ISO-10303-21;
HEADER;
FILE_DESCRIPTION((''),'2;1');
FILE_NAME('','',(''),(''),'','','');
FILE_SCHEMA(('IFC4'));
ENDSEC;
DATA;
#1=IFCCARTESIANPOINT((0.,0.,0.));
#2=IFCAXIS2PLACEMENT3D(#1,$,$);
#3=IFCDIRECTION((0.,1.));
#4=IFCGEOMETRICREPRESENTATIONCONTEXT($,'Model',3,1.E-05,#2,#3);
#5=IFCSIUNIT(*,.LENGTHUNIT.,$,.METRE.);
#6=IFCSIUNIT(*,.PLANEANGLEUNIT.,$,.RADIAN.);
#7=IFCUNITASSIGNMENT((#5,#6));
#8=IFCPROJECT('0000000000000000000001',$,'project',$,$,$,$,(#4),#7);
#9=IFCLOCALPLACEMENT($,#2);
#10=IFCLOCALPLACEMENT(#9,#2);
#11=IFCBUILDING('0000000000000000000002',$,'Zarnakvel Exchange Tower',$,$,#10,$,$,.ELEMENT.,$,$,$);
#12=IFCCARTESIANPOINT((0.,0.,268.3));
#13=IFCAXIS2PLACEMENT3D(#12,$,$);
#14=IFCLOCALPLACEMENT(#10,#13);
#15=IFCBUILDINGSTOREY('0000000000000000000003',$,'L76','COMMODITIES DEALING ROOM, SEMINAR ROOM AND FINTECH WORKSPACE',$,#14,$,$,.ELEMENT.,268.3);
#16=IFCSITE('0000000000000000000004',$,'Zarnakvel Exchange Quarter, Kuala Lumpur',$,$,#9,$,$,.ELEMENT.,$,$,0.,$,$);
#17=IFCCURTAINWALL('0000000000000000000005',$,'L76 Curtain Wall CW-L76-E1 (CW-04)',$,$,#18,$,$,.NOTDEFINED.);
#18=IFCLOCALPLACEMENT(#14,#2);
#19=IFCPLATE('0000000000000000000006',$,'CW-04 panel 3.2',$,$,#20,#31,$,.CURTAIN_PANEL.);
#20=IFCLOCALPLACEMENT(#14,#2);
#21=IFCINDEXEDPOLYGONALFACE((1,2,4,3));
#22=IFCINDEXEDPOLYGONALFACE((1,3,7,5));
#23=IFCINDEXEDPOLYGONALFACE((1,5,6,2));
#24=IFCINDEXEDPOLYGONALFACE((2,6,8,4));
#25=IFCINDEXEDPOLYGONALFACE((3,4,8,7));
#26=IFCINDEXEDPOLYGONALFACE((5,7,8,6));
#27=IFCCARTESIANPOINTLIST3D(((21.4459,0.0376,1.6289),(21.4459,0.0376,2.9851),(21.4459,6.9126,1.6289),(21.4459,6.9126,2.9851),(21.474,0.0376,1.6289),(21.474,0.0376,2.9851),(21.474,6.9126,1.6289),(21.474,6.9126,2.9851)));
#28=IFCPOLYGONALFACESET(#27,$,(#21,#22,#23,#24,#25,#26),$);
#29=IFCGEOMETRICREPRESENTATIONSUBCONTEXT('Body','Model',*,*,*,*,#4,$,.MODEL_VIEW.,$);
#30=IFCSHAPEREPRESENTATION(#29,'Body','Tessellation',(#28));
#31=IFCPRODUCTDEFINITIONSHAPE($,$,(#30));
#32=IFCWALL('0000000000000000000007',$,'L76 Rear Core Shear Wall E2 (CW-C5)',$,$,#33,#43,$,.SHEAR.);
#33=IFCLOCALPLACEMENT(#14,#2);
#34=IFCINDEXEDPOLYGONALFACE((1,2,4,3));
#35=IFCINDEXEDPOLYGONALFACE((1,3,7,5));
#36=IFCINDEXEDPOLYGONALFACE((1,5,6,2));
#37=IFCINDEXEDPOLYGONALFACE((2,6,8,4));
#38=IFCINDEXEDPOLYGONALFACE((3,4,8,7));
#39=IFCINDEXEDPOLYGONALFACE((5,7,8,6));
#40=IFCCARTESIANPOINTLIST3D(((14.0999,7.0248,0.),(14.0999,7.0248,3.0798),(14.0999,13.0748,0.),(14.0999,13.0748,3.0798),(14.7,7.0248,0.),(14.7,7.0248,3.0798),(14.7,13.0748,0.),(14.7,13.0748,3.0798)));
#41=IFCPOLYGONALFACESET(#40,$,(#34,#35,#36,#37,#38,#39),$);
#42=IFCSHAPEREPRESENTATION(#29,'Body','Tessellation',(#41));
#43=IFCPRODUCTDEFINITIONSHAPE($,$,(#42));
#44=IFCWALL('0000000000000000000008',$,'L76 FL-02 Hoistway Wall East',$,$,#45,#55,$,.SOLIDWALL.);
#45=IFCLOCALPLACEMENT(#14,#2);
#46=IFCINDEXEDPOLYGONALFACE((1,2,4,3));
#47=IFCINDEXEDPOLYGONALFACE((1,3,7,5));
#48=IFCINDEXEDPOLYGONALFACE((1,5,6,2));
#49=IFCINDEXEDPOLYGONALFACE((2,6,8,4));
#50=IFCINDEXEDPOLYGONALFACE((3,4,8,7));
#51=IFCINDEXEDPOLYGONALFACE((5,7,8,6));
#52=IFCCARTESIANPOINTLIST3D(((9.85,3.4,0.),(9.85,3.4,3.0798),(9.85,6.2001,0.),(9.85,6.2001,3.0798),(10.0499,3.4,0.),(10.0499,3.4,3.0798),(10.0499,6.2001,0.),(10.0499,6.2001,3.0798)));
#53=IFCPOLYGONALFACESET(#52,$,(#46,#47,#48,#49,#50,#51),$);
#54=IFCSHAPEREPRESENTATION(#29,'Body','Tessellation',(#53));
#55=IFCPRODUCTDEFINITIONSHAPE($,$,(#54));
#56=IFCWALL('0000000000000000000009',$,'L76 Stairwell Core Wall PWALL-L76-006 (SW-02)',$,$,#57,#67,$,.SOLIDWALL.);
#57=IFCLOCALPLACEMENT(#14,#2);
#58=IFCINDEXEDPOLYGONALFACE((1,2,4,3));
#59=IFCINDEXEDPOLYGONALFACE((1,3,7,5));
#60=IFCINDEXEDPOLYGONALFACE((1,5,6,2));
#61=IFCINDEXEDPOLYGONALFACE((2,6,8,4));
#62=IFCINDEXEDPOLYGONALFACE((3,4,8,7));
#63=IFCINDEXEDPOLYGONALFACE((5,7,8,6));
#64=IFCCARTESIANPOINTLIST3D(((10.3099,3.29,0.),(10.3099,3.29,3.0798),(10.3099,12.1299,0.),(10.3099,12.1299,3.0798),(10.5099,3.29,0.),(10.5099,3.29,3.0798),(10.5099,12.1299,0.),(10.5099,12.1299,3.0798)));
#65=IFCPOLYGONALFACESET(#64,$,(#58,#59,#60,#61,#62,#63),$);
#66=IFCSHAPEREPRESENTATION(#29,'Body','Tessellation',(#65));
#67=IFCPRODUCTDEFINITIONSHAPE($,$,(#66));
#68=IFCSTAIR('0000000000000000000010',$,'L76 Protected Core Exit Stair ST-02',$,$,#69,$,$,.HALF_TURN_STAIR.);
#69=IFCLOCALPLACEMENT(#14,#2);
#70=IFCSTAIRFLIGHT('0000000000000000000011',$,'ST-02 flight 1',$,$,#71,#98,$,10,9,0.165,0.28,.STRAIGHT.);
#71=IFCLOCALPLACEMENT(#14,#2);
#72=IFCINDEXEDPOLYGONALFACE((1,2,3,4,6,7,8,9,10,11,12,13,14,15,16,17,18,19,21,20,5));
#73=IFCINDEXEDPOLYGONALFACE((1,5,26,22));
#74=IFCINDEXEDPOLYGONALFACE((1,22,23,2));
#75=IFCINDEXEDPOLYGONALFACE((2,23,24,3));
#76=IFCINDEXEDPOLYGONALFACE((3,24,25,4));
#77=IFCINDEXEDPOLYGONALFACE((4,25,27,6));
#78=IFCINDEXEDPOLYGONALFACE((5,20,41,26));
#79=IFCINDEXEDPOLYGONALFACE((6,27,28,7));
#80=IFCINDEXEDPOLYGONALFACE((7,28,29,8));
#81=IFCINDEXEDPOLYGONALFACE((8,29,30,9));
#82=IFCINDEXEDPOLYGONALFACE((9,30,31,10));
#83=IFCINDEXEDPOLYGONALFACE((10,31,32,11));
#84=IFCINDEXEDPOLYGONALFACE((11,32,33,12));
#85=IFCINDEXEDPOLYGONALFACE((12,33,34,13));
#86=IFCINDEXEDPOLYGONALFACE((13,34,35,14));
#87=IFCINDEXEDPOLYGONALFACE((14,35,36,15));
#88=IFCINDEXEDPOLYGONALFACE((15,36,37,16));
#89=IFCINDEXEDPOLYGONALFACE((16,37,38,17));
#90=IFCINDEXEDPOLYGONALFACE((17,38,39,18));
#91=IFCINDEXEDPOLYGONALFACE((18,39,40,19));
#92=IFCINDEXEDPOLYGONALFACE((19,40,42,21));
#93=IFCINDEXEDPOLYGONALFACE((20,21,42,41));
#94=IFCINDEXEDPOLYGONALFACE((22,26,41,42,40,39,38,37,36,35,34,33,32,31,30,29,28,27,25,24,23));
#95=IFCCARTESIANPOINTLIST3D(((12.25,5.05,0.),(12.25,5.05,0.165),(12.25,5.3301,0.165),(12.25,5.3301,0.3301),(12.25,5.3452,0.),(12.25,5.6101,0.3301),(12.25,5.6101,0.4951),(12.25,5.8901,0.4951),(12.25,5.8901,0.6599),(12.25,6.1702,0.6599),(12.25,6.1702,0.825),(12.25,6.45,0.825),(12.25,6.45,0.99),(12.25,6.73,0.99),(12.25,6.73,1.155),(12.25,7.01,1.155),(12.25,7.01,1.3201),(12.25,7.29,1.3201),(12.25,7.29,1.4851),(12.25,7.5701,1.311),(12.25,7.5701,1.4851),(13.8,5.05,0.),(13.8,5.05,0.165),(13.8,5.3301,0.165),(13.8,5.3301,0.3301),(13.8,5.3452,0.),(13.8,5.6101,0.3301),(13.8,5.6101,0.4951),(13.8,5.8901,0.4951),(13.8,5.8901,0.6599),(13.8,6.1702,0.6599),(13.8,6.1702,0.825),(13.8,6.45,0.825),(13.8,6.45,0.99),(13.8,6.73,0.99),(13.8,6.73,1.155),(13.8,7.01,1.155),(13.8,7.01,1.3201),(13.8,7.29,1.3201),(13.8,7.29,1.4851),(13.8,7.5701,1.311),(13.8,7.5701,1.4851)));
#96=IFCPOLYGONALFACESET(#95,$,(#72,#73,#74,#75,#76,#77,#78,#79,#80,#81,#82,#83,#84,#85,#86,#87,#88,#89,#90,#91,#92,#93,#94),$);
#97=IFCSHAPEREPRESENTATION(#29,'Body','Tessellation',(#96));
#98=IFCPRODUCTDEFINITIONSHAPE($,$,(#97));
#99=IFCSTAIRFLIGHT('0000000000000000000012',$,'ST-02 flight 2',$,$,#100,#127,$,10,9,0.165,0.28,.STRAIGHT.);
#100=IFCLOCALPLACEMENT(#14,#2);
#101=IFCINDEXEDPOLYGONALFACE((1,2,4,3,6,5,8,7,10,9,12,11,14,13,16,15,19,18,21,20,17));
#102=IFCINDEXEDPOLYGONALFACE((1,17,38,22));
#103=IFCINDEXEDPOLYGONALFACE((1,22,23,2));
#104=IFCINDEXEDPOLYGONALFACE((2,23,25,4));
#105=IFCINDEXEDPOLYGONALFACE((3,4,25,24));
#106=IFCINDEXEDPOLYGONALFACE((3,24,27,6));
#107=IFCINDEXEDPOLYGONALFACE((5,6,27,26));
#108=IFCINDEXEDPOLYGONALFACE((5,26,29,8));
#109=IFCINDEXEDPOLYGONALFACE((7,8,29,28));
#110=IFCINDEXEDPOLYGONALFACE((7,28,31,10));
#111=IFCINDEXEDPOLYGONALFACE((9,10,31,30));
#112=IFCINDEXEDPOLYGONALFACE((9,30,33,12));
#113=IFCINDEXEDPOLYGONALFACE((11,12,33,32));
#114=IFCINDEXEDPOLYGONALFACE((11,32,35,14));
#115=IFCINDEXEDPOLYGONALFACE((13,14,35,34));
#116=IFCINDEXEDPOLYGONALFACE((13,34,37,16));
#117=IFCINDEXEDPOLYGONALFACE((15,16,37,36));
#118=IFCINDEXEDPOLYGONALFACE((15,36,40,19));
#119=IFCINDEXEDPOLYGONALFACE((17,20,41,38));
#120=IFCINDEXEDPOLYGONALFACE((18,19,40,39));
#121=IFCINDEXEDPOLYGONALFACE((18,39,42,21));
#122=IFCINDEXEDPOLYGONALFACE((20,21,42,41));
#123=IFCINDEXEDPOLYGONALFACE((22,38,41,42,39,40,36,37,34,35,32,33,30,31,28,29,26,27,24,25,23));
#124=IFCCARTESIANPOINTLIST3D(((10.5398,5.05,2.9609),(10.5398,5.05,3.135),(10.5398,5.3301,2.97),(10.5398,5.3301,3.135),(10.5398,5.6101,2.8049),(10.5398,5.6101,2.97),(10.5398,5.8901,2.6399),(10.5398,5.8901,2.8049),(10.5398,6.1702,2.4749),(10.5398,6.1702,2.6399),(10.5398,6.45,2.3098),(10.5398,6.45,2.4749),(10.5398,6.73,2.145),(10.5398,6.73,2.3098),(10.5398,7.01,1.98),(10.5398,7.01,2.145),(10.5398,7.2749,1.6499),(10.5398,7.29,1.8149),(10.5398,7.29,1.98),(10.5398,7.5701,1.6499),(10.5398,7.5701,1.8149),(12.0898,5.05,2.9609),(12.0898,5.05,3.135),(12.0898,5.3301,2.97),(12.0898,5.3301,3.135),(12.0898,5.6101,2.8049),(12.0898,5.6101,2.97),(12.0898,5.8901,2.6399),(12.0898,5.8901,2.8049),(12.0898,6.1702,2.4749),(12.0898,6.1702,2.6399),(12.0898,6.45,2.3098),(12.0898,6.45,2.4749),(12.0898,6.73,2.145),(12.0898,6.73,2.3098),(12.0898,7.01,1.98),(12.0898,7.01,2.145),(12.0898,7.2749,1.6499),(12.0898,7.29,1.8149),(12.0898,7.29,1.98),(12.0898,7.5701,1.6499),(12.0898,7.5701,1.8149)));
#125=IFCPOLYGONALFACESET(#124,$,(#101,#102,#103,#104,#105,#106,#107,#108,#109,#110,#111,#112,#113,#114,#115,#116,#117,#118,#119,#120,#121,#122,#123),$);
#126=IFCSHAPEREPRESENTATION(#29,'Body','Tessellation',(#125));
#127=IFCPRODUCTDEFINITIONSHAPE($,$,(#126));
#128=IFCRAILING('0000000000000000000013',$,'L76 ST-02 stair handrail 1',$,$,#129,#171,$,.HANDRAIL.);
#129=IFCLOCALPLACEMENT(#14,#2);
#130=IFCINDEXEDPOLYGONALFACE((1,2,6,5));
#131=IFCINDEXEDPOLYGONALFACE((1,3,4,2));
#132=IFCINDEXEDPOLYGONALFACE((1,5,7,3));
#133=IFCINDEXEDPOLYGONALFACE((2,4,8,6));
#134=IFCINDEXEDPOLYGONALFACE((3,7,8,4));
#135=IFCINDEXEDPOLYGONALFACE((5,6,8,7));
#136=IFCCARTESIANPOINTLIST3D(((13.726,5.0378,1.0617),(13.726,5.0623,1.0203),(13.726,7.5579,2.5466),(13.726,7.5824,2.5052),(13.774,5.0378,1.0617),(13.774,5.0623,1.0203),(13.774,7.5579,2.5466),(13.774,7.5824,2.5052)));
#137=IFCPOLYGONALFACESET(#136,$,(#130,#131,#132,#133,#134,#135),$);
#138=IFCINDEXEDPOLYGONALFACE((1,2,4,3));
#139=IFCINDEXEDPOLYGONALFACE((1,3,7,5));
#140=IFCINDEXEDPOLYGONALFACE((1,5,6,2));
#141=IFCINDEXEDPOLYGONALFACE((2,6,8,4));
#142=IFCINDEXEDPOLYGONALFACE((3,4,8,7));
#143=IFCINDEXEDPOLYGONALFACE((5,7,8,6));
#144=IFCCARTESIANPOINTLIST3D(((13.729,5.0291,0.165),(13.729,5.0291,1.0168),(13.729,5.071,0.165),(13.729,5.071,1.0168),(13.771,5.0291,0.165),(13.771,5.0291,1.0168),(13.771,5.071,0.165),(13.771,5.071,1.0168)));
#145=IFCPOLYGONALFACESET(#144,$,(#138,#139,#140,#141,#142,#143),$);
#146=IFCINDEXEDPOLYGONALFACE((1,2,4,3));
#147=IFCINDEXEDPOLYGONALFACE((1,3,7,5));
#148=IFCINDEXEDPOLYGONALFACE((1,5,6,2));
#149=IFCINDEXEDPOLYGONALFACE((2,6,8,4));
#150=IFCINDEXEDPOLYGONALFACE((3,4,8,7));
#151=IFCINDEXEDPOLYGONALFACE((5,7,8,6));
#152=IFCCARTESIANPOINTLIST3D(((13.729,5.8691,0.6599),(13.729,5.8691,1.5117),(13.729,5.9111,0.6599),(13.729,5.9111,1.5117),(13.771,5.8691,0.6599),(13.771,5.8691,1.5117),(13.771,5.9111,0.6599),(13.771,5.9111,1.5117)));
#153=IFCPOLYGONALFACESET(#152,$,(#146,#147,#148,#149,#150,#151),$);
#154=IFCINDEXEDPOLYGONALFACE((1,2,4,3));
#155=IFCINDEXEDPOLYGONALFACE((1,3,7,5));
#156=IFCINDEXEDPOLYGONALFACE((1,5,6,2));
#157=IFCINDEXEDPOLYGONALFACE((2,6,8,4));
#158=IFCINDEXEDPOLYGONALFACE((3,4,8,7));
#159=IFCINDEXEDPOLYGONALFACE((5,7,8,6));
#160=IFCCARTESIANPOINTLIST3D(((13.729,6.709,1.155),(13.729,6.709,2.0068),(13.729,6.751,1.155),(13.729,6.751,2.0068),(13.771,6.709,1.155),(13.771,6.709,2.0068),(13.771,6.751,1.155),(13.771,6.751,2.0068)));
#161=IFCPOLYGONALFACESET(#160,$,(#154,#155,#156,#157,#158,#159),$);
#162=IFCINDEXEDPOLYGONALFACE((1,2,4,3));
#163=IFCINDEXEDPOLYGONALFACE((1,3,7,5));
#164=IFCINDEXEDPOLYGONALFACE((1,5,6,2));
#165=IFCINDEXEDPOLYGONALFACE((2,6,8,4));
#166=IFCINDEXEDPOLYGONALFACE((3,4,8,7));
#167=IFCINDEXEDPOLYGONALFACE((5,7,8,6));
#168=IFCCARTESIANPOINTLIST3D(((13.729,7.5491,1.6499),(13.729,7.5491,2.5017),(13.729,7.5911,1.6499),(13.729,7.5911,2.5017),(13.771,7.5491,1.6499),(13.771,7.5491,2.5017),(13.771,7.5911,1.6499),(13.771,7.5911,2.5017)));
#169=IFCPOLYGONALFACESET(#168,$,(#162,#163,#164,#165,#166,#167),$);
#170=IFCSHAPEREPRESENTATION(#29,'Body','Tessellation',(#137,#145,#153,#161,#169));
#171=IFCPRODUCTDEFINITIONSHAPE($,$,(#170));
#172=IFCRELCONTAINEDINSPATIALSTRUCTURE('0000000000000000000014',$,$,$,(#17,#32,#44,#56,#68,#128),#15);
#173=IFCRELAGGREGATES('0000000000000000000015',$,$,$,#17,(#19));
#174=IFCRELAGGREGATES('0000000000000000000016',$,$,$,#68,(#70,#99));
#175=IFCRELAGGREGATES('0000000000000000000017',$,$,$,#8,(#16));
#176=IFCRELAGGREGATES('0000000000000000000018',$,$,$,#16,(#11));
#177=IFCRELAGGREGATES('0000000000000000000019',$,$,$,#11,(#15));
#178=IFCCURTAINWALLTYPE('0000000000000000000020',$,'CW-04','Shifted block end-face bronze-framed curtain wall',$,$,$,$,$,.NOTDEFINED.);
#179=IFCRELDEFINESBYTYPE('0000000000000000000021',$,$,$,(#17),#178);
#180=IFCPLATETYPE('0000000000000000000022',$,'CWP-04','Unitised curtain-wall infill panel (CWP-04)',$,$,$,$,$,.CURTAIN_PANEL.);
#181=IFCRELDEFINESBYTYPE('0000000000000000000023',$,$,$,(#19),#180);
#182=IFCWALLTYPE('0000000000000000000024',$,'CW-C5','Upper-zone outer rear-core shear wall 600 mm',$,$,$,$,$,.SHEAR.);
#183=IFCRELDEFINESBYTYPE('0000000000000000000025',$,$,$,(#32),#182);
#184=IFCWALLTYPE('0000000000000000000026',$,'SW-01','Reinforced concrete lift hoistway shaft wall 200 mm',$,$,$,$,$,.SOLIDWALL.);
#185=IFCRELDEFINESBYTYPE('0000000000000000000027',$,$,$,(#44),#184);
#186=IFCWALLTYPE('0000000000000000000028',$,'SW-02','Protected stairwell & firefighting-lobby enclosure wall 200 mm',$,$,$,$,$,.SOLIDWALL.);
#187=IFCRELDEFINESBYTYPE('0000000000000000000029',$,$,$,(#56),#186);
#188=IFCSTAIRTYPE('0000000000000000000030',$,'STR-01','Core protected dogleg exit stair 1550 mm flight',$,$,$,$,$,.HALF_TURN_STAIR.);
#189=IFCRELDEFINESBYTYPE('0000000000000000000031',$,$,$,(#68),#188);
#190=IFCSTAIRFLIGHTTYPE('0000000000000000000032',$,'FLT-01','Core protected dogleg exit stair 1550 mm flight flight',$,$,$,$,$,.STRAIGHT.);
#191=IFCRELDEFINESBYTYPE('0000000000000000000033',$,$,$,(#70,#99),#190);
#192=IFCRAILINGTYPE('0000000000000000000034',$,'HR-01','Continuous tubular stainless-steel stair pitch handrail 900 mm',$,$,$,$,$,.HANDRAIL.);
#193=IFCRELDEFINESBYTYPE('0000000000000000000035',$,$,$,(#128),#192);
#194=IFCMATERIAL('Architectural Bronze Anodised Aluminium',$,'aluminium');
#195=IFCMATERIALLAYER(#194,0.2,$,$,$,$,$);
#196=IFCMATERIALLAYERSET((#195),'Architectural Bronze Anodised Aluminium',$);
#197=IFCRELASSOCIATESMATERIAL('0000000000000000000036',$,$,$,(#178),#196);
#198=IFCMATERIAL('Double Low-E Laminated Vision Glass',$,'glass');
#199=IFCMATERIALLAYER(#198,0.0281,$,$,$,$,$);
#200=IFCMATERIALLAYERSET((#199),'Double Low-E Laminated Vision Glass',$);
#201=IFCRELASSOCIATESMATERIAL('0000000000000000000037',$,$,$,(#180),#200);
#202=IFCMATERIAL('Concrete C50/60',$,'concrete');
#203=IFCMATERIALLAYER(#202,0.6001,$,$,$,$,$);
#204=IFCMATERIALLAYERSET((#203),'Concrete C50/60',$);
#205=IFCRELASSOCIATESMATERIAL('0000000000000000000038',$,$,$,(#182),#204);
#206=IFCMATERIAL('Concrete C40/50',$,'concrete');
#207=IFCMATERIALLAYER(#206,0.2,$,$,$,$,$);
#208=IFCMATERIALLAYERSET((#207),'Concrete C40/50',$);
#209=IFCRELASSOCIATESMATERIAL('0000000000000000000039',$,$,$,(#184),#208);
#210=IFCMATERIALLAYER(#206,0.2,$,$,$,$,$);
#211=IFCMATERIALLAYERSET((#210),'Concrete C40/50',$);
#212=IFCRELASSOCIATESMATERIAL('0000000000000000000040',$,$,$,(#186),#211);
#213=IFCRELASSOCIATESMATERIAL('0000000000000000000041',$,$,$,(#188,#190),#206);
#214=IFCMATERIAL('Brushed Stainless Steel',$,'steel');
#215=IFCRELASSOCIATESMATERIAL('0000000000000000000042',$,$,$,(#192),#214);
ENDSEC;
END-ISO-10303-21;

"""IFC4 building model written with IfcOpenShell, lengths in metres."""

from ifc_helpers import new_model, si_unit, direction, frame, frame_2d, origin, origin_2d, place, context, subcontext, project, spatial, polyline, rectangle, outline, extrude, source, transform, mapped, material, layer, layer_set, type_object, element, aggregate, save


model = new_model("IFC4")

# Units and contexts
model_context = context("Model", 3, precision=1e-05, world=origin(), true_north=direction((0.0, 1.0)))
body_context = subcontext(model_context, "Body", "Model", "MODEL_VIEW")
ifc_project = project(units=[si_unit("LENGTHUNIT", "METRE"), si_unit("PLANEANGLEUNIT", "RADIAN")], contexts=[model_context])

# Site, building, storey
site_placement = place(None, origin())
site = spatial("IfcSite", under=ifc_project, at=site_placement, Name="Zarnakvel Exchange Quarter, Kuala Lumpur", CompositionType="ELEMENT", RefElevation=0.0)
building_placement = place(site_placement, origin())
building = spatial("IfcBuilding", under=site, at=building_placement, Name="Zarnakvel Exchange Tower", CompositionType="ELEMENT")
storey_placement = place(building_placement, frame((0.0, 0.0, 268.3)))
storey = spatial("IfcBuildingStorey", under=building, at=storey_placement, Name="L76", Description="COMMODITIES DEALING ROOM, SEMINAR ROOM AND FINTECH WORKSPACE", CompositionType="ELEMENT", Elevation=268.3)

# Shared definitions
ifc_material_1 = material(Name="Concrete C50/60", Category="concrete")

# Curtain wall, plate
ifc_material_2 = material(Name="Architectural Bronze Anodised Aluminium", Category="aluminium")
ifc_layer_1 = layer(ifc_material_2, 0.2)
ifc_layer_set_1 = layer_set([ifc_layer_1], Name="Architectural Bronze Anodised Aluminium")
curtain_wall_type = type_object("IfcCurtainWallType", Name="CW-04", Description="Shifted block end-face bronze-framed curtain wall", PredefinedType="NOTDEFINED", material=ifc_layer_set_1)
curtain_wall_placement = place(storey_placement, origin())
curtain_wall = element("IfcCurtainWall", 1, at=curtain_wall_placement, inside=storey, type_object=curtain_wall_type, Name="L76 Curtain Wall CW-L76-E1 (CW-04)", PredefinedType="NOTDEFINED")
ifc_material_3 = material(Name="Double Low-E Laminated Vision Glass", Category="glass")
ifc_layer_2 = layer(ifc_material_3, 0.0281)
ifc_layer_set_2 = layer_set([ifc_layer_2], Name="Double Low-E Laminated Vision Glass")
plate_type = type_object("IfcPlateType", Name="CWP-04", Description="Unitised curtain-wall infill panel (CWP-04)", PredefinedType="CURTAIN_PANEL", material=ifc_layer_set_2)
shared_shape_1 = source(origin(), body_context, "Body", "SweptSolid", [
    extrude(rectangle(XDim=6.875, YDim=0.0281, at=origin_2d()), origin(), (0.0, 0.0, 1.0), 1.3562),
])
plate_1_placement = place(storey_placement, frame((21.46, 3.4751, 1.6289), z_axis=(0.0, 0.0, 1.0), x_axis=(0.0, 1.0, 0.0)))
plate_1 = element("IfcPlate", 2, at=plate_1_placement, type_object=plate_type, Name="CW-04 panel 3.2", PredefinedType="CURTAIN_PANEL", context=body_context, shape_type="MappedRepresentation", body=[
    mapped(shared_shape_1, transform((0.0, 0.0, 0.0), x_axis=(1.0, 0.0, 0.0), y_axis=(0.0, 1.0, 0.0), z_axis=(0.0, 0.0, 1.0), scale=1.0)),
])
aggregate(curtain_wall, [plate_1])

# Walls
ifc_layer_3 = layer(ifc_material_1, 0.6001)
ifc_layer_set_3 = layer_set([ifc_layer_3], Name="Concrete C50/60")
wall_type_1 = type_object("IfcWallType", Name="CW-C5", Description="Upper-zone outer rear-core shear wall 600 mm", PredefinedType="SHEAR", material=ifc_layer_set_3)
wall_1_placement = place(storey_placement, frame((14.3999, 7.0249, 0.0), z_axis=(0.0, 0.0, 1.0), x_axis=(0.0, 1.0, 0.0)))
element("IfcWall", 3, at=wall_1_placement, inside=storey, type_object=wall_type_1, Name="L76 Rear Core Shear Wall E2 (CW-C5)", PredefinedType="SHEAR", context=body_context, shape_type="SweptSolid", body=[
    extrude(rectangle(XDim=6.05, YDim=0.6001, at=frame_2d((3.0249, 0.0))), origin(), (0.0, 0.0, 1.0), 3.0798),
])
ifc_material_4 = material(Name="Concrete C40/50", Category="concrete")
ifc_layer_4 = layer(ifc_material_4, 0.2)
ifc_layer_set_4 = layer_set([ifc_layer_4], Name="Concrete C40/50")
wall_type_2 = type_object("IfcWallType", Name="SW-01", Description="Reinforced concrete lift hoistway shaft wall 200 mm", PredefinedType="SOLIDWALL", material=ifc_layer_set_4)
wall_2_placement = place(storey_placement, frame((9.95, 6.2, 0.0), z_axis=(0.0, 0.0, 1.0), x_axis=(0.0, -1.0, 0.0)))
element("IfcWall", 4, at=wall_2_placement, inside=storey, type_object=wall_type_2, Name="L76 FL-02 Hoistway Wall East", PredefinedType="SOLIDWALL", context=body_context, shape_type="SweptSolid", body=[
    extrude(rectangle(XDim=2.8, YDim=0.2, at=frame_2d((1.3999, 0.0))), origin(), (0.0, 0.0, 1.0), 3.0798),
])

# Shared definitions
ifc_layer_5 = layer(ifc_material_4, 0.2)
ifc_layer_set_5 = layer_set([ifc_layer_5], Name="Concrete C40/50")
wall_type_3 = type_object("IfcWallType", Name="SW-02", Description="Protected stairwell & firefighting-lobby enclosure wall 200 mm", PredefinedType="SOLIDWALL", material=ifc_layer_set_5)

# Wall
wall_3_placement = place(storey_placement, frame((10.4099, 3.29, 0.0), z_axis=(0.0, 0.0, 1.0), x_axis=(0.0, 1.0, 0.0)))
element("IfcWall", 5, at=wall_3_placement, inside=storey, type_object=wall_type_3, Name="L76 Stairwell Core Wall PWALL-L76-006 (SW-02)", PredefinedType="SOLIDWALL", context=body_context, shape_type="SweptSolid", body=[
    extrude(rectangle(XDim=8.8398, YDim=0.2, at=frame_2d((4.4199, 0.0))), origin(), (0.0, 0.0, 1.0), 3.0798),
])

# Stair, stair flights
stair_type = type_object("IfcStairType", Name="STR-01", Description="Core protected dogleg exit stair 1550 mm flight", PredefinedType="HALF_TURN_STAIR", material=ifc_material_4)
stair_placement = place(storey_placement, origin())
stair = element("IfcStair", 6, at=stair_placement, inside=storey, type_object=stair_type, Name="L76 Protected Core Exit Stair ST-02", PredefinedType="HALF_TURN_STAIR")
stair_flight_type = type_object("IfcStairFlightType", Name="FLT-01", Description="Core protected dogleg exit stair 1550 mm flight flight", PredefinedType="STRAIGHT", material=ifc_material_4)
stair_flight_1_placement = place(storey_placement, frame((13.0249, 5.05, 0.0), z_axis=(0.0, 0.0, 1.0), x_axis=(0.0, 1.0, 0.0)))
stair_flight_1 = element("IfcStairFlight", 7, at=stair_flight_1_placement, type_object=stair_flight_type, Name="ST-02 flight 1", NumberOfRisers=10, NumberOfTreads=9, PredefinedType="STRAIGHT", RiserHeight=0.165, TreadLength=0.28, context=body_context, shape_type="SweptSolid", body=[
    extrude(outline(polyline([(0.0, 0.0), (0.0, 0.165), (0.28, 0.165), (0.28, 0.3301), (0.5601, 0.3301), (0.5601, 0.4951), (0.8401, 0.4951), (0.8401, 0.6599), (1.1201, 0.6599), (1.1201, 0.825), (1.3999, 0.825), (1.3999, 0.99), (1.6799, 0.99), (1.6799, 1.155), (1.96, 1.155), (1.96, 1.3201), (2.24, 1.3201), (2.24, 1.4851), (2.52, 1.4851), (2.52, 1.6499), (2.52, 1.311), (0.2952, 0.0), (0.0, 0.0)])), frame((0.0, 0.7749, 0.0), z_axis=(0.0, -1.0, 0.0), x_axis=(1.0, 0.0, 0.0)), (0.0, 0.0, 1.0), 1.55),
])
stair_flight_2_placement = place(storey_placement, frame((11.3149, 7.5701, 1.6499), z_axis=(0.0, 0.0, 1.0), x_axis=(0.0, -1.0, 0.0)))
stair_flight_2 = element("IfcStairFlight", 8, at=stair_flight_2_placement, type_object=stair_flight_type, Name="ST-02 flight 2", NumberOfRisers=10, NumberOfTreads=9, PredefinedType="STRAIGHT", RiserHeight=0.165, TreadLength=0.28, context=body_context, shape_type="SweptSolid", body=[
    extrude(outline(polyline([(0.0, 0.0), (0.0, 0.165), (0.28, 0.165), (0.28, 0.3301), (0.5601, 0.3301), (0.5601, 0.4951), (0.8401, 0.4951), (0.8401, 0.6599), (1.1201, 0.6599), (1.1201, 0.825), (1.3999, 0.825), (1.3999, 0.99), (1.6799, 0.99), (1.6799, 1.155), (1.96, 1.155), (1.96, 1.3201), (2.24, 1.3201), (2.24, 1.4851), (2.52, 1.4851), (2.52, 1.6499), (2.52, 1.311), (0.2952, 0.0), (0.0, 0.0)])), frame((0.0, 0.7749, 0.0), z_axis=(0.0, -1.0, 0.0), x_axis=(1.0, 0.0, 0.0)), (0.0, 0.0, 1.0), 1.55),
])
aggregate(stair, [stair_flight_1, stair_flight_2])

# Railing
ifc_material_5 = material(Name="Brushed Stainless Steel", Category="steel")
railing_type_1 = type_object("IfcRailingType", Name="HR-01", Description="Continuous tubular stainless-steel stair pitch handrail 900 mm", PredefinedType="HANDRAIL", material=ifc_material_5)
railing_1_placement = place(storey_placement, frame((13.75, 5.05, 0.165)))
element("IfcRailing", 9, at=railing_1_placement, inside=storey, type_object=railing_type_1, Name="L76 ST-02 stair handrail 1", PredefinedType="HANDRAIL", context=body_context, shape_type="SweptSolid", body=[
    extrude(rectangle(XDim=0.0481, YDim=0.0481, at=origin_2d()), frame((0.0, 0.0, 0.876), z_axis=(0.0, 0.861561, 0.507655), x_axis=(-1.0, 0.0, 0.0)), (0.0, 0.0, 1.0), 2.925),
    extrude(rectangle(XDim=0.042, YDim=0.042, at=origin_2d()), origin(), (0.0, 0.0, 1.0), 0.8518),
    extrude(rectangle(XDim=0.042, YDim=0.042, at=origin_2d()), frame((0.0, 0.8401, 0.4949)), (0.0, 0.0, 1.0), 0.8518),
    extrude(rectangle(XDim=0.042, YDim=0.042, at=origin_2d()), frame((0.0, 1.6799, 0.99)), (0.0, 0.0, 1.0), 0.8518),
    extrude(rectangle(XDim=0.042, YDim=0.042, at=origin_2d()), frame((0.0, 2.52, 1.4849)), (0.0, 0.0, 1.0), 0.8518),
])

save(model, "model.ifc")
